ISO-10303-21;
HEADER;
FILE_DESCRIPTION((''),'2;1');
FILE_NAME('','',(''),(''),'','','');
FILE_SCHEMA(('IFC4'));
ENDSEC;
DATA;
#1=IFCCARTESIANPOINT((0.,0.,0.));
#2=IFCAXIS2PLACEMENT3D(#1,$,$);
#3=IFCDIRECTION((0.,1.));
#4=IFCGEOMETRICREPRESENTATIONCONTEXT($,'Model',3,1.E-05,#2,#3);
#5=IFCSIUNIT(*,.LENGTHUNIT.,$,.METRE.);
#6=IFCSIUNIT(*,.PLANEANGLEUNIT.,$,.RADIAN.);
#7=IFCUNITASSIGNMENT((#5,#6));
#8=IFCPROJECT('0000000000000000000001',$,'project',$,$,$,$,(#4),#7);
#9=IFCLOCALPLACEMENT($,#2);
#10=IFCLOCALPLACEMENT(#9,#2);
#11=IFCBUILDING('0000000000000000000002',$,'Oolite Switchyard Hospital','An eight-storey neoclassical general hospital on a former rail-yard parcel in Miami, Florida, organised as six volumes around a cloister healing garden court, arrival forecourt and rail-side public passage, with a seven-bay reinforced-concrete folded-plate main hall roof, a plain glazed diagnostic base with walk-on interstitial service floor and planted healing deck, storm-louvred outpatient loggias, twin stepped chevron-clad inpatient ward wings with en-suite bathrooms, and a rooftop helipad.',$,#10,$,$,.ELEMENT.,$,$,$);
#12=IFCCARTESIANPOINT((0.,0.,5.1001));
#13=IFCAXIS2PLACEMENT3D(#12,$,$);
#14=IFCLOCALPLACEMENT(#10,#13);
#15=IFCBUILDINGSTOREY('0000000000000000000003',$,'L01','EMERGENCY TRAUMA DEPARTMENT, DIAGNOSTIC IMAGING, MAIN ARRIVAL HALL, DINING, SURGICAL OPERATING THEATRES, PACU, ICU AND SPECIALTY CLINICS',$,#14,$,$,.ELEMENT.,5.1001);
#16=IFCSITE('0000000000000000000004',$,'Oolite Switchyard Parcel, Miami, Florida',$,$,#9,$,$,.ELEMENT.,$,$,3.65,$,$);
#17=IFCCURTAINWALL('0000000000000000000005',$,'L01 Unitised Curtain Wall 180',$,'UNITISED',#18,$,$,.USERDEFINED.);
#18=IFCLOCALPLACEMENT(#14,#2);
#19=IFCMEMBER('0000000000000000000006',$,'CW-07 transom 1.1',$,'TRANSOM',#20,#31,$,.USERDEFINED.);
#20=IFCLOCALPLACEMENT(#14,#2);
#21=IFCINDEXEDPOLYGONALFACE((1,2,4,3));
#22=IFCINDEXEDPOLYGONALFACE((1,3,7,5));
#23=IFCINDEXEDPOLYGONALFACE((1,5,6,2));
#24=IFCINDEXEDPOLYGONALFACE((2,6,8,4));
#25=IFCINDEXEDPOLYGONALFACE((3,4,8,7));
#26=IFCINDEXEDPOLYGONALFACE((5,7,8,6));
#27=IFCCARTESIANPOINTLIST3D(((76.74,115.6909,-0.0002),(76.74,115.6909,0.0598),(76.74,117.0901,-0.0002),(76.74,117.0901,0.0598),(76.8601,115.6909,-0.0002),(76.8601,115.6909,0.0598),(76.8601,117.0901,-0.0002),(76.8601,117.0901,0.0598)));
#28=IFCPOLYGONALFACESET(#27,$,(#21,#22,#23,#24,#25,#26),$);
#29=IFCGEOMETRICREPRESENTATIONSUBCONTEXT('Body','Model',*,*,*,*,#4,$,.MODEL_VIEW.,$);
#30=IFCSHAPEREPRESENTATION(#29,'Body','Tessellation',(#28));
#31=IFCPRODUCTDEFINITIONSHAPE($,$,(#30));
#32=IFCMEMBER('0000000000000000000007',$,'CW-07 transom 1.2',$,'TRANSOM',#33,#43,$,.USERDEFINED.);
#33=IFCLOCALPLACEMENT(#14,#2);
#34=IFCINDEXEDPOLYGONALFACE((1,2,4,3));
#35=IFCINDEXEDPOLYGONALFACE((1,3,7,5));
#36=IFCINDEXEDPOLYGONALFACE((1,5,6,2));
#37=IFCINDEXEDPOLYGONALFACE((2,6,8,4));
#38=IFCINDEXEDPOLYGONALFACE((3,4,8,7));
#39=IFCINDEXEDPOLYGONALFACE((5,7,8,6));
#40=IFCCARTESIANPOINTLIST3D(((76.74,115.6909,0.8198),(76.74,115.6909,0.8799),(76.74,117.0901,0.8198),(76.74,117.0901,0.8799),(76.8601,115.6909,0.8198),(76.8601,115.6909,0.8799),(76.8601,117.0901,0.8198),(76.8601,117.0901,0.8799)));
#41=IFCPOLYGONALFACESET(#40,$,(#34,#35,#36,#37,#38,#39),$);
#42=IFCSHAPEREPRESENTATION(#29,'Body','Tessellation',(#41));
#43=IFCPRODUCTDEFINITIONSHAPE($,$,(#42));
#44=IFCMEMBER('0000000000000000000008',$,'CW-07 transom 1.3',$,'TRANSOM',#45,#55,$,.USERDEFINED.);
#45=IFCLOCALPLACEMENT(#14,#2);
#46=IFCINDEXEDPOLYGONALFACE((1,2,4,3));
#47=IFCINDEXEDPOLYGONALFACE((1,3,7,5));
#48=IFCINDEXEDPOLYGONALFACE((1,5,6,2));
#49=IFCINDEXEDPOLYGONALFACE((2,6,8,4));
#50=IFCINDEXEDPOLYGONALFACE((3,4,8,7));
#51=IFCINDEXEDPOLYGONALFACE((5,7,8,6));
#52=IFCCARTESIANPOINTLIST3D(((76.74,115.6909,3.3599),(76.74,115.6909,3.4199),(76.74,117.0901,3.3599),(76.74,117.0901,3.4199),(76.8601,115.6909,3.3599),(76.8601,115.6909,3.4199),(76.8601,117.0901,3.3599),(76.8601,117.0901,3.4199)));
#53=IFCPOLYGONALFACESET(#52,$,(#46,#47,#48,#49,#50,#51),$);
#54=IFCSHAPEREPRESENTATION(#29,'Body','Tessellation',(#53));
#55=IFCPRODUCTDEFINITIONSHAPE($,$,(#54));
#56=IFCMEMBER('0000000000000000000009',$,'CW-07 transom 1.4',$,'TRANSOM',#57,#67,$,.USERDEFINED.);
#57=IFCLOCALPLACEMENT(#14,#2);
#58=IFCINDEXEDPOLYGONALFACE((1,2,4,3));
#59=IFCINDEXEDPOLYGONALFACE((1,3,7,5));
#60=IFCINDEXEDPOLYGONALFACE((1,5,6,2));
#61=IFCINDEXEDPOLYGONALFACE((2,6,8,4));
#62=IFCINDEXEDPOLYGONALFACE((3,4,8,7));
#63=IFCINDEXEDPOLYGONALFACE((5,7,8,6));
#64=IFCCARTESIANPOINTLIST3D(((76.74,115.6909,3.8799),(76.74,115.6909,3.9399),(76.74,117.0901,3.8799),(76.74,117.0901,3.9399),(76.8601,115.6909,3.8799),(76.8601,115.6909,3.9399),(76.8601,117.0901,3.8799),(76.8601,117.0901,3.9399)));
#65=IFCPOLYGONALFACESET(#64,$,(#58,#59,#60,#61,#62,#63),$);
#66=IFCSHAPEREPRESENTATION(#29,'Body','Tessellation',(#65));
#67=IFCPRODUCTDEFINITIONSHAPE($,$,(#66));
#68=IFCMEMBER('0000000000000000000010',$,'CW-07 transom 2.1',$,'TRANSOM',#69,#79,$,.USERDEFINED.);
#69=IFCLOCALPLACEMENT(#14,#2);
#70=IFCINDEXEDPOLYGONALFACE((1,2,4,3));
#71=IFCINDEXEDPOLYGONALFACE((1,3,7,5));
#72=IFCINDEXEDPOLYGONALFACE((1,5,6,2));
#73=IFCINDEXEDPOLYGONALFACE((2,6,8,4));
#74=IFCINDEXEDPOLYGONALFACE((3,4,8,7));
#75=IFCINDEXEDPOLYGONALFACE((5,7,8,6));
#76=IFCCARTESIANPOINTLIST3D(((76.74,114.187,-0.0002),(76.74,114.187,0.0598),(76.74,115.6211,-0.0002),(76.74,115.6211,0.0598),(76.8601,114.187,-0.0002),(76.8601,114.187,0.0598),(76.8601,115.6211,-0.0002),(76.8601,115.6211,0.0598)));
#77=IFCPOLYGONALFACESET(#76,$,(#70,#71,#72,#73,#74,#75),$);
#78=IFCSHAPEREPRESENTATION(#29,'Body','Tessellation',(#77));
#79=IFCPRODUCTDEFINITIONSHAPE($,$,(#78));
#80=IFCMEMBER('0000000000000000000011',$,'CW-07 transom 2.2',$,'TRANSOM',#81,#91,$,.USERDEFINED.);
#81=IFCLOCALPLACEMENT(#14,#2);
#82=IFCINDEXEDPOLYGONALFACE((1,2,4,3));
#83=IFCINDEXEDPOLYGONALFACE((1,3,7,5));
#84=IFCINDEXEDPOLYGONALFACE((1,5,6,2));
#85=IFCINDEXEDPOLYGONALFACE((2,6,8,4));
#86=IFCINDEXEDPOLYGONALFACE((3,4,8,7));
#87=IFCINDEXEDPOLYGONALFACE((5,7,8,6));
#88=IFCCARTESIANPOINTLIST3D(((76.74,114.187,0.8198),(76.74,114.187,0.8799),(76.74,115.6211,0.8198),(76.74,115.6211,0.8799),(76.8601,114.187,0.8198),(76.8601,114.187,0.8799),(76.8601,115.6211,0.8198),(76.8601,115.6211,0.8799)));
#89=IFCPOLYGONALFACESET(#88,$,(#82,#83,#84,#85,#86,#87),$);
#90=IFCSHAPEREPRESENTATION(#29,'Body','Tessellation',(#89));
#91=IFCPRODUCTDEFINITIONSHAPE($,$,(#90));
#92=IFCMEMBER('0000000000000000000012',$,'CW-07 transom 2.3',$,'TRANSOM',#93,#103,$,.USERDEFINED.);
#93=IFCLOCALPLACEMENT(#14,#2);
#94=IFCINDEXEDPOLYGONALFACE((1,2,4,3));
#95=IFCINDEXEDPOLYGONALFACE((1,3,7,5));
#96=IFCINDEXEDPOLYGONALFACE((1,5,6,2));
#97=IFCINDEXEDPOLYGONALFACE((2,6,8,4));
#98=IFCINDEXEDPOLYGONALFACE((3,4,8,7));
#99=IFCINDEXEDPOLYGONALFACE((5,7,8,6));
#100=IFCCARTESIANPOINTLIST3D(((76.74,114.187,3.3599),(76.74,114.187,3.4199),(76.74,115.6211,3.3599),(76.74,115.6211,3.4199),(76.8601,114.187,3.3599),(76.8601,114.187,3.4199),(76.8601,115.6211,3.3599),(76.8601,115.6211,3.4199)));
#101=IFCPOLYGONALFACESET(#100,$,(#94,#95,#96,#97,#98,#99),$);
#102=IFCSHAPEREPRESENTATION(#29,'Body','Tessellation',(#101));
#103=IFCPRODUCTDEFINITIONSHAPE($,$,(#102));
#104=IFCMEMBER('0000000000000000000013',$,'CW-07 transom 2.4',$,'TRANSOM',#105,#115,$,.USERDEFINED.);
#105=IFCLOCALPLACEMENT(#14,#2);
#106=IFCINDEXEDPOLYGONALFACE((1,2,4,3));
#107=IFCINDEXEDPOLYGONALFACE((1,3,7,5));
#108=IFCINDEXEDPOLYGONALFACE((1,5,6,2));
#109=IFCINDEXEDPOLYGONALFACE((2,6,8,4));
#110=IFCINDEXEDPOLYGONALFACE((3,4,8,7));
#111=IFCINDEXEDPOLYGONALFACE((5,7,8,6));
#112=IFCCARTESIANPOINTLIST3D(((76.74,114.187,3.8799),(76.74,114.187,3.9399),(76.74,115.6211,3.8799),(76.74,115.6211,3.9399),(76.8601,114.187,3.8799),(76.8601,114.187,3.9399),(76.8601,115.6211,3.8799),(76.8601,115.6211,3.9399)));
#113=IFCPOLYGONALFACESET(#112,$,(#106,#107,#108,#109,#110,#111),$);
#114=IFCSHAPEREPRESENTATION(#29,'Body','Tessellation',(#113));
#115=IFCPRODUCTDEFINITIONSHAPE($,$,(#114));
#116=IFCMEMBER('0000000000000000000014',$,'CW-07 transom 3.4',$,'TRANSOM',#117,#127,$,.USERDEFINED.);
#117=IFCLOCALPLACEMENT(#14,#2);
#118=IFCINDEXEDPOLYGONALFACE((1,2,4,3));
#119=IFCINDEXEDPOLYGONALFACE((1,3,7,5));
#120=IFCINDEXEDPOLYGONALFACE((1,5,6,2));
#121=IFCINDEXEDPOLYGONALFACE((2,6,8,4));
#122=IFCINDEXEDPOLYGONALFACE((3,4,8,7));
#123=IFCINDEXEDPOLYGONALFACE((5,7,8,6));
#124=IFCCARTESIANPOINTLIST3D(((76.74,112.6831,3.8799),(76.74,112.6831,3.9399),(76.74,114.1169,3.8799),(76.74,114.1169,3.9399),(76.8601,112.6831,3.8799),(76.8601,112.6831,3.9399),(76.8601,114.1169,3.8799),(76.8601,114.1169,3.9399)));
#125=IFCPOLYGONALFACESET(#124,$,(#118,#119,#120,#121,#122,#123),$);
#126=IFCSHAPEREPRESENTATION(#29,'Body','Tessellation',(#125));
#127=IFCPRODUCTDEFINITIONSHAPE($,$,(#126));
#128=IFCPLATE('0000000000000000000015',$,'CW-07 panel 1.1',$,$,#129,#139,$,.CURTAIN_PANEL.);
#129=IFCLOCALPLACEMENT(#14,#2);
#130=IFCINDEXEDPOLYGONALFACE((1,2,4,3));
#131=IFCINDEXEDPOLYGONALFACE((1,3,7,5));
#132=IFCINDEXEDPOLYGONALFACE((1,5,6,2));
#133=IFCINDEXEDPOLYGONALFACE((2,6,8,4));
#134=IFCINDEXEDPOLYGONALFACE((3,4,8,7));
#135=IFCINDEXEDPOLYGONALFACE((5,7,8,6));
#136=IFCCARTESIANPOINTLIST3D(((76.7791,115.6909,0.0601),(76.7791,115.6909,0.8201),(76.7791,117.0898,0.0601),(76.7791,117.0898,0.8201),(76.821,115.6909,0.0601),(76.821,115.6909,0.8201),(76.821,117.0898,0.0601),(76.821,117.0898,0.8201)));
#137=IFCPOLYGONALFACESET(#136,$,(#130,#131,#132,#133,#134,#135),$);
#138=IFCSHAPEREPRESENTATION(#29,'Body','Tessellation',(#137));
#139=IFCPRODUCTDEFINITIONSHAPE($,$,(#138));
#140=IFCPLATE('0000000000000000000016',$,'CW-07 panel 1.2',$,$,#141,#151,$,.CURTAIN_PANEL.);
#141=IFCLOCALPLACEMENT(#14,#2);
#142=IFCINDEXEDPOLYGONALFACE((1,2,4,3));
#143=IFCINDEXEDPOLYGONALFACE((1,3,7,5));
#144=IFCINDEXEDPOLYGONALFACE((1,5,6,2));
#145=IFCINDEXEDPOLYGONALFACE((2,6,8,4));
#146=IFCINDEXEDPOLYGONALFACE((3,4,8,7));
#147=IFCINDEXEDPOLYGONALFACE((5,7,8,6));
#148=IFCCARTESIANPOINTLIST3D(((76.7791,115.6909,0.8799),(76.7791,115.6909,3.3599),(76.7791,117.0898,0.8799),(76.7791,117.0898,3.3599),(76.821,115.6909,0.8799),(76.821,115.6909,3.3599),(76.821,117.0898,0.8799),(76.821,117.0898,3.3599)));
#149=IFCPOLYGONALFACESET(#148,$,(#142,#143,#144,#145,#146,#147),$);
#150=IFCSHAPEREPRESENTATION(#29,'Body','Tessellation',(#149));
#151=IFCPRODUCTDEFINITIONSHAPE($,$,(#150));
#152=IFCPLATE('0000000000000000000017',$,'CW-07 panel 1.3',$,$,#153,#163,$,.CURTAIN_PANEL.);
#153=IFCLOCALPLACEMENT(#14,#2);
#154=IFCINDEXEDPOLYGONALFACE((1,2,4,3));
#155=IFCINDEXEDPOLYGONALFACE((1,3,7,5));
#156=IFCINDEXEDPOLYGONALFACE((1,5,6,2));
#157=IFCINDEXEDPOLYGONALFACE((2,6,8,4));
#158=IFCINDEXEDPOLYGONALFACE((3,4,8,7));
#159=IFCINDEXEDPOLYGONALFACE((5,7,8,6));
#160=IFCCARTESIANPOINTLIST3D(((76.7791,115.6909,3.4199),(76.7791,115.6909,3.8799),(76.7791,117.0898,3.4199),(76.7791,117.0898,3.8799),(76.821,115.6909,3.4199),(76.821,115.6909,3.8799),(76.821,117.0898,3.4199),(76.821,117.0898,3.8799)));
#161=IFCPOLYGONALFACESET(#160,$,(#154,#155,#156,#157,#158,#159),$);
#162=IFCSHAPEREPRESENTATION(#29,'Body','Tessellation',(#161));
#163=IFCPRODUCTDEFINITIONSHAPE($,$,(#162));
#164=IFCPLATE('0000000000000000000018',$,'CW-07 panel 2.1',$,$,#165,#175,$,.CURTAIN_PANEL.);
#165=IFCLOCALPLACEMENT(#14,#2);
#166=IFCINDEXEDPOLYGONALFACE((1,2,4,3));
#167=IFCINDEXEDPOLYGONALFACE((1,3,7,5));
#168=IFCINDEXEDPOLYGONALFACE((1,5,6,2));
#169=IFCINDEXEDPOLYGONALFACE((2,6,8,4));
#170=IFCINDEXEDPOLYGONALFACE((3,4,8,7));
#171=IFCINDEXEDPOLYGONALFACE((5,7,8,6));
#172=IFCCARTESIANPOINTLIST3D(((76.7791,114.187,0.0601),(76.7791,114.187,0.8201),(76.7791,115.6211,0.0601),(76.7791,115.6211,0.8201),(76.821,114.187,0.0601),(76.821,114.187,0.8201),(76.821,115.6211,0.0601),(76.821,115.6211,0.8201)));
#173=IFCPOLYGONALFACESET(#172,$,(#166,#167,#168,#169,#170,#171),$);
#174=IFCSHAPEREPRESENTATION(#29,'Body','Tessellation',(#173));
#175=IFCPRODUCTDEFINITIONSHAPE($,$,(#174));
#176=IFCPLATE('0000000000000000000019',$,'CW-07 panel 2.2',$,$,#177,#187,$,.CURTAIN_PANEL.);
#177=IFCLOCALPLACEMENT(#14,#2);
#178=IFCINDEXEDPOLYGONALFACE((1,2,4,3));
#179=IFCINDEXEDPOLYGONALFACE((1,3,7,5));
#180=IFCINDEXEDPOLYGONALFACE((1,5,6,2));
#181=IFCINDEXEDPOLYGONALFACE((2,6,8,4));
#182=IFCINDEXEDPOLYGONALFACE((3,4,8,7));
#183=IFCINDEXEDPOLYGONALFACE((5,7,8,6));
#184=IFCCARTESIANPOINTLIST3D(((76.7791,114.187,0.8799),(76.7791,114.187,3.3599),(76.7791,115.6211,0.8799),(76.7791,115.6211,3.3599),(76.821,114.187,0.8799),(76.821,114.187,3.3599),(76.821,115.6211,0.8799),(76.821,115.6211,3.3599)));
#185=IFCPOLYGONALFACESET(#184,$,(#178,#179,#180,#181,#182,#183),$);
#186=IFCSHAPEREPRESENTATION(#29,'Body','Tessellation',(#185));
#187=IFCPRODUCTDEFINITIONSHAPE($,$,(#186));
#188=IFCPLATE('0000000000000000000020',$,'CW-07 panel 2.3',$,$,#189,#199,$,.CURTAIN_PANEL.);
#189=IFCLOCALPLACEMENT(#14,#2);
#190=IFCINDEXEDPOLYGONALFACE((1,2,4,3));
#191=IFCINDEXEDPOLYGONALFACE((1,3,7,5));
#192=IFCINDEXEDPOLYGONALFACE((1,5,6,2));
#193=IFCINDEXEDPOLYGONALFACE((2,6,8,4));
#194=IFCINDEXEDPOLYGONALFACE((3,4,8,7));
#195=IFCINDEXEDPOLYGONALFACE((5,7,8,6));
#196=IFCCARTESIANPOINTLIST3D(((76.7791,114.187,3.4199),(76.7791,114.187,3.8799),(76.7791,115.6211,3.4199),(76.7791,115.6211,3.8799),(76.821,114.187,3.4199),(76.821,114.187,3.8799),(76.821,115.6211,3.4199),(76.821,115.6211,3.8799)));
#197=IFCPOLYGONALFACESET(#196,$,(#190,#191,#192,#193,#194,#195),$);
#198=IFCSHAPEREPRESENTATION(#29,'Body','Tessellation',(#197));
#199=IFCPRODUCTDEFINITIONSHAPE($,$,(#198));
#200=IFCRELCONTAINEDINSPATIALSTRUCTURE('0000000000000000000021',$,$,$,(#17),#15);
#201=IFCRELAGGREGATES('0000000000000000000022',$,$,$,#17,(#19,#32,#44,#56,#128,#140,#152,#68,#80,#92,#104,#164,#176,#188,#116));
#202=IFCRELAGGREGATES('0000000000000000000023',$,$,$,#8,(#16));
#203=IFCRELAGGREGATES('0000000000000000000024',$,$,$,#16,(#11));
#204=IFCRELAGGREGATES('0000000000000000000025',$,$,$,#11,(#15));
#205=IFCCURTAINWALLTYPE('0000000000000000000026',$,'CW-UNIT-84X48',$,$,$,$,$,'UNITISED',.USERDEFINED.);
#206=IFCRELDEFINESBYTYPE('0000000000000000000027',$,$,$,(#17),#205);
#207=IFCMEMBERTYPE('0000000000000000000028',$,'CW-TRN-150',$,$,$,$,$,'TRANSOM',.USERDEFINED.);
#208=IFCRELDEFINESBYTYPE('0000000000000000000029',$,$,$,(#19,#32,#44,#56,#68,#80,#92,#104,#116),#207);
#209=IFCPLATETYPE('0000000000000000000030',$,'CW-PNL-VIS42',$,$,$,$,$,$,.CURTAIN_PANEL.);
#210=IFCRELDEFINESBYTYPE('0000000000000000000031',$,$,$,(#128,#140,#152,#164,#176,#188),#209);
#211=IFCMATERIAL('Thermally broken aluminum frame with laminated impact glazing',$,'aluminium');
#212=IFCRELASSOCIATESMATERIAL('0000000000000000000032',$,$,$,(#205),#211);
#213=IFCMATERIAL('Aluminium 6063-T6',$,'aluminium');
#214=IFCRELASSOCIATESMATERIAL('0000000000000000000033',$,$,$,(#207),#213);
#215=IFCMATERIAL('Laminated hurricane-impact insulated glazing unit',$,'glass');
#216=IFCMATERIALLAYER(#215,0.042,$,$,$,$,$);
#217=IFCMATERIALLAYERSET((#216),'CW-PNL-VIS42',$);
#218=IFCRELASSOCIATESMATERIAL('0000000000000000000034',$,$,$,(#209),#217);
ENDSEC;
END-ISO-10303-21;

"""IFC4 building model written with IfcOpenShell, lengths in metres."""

from ifc_helpers import new_model, si_unit, direction, frame, origin, origin_2d, place, context, subcontext, project, spatial, rectangle, extrude, material, layer, layer_set, material_profile, profile_set, type_object, element, aggregate, save


model = new_model("IFC4")

# Units and contexts
model_context = context("Model", 3, precision=1e-05, world=origin(), true_north=direction((0.0, 1.0)))
body_context = subcontext(model_context, "Body", "Model", "MODEL_VIEW")
ifc_project = project(units=[si_unit("LENGTHUNIT", "METRE"), si_unit("PLANEANGLEUNIT", "RADIAN")], contexts=[model_context])

# Site, building, storey
site_placement = place(None, origin())
site = spatial("IfcSite", under=ifc_project, at=site_placement, Name="Oolite Switchyard Parcel, Miami, Florida", CompositionType="ELEMENT", RefElevation=3.65)
building_placement = place(site_placement, origin())
building = spatial("IfcBuilding", under=site, at=building_placement, Name="Oolite Switchyard Hospital", Description="An eight-storey neoclassical general hospital on a former rail-yard parcel in Miami, Florida, organised as six volumes around a cloister healing garden court, arrival forecourt and rail-side public passage, with a seven-bay reinforced-concrete folded-plate main hall roof, a plain glazed diagnostic base with walk-on interstitial service floor and planted healing deck, storm-louvred outpatient loggias, twin stepped chevron-clad inpatient ward wings with en-suite bathrooms, and a rooftop helipad.", CompositionType="ELEMENT")
storey_placement = place(building_placement, frame((0.0, 0.0, 5.1001)))
storey = spatial("IfcBuildingStorey", under=building, at=storey_placement, Name="L01", Description="EMERGENCY TRAUMA DEPARTMENT, DIAGNOSTIC IMAGING, MAIN ARRIVAL HALL, DINING, SURGICAL OPERATING THEATRES, PACU, ICU AND SPECIALTY CLINICS", CompositionType="ELEMENT", Elevation=5.1001)

# Curtain wall, members, plates
ifc_material_1 = material(Name="Thermally broken aluminum frame with laminated impact glazing", Category="aluminium")
curtain_wall_type = type_object("IfcCurtainWallType", Name="CW-UNIT-84X48", ElementType="UNITISED", PredefinedType="USERDEFINED", material=ifc_material_1)
curtain_wall_placement = place(storey_placement, origin())
curtain_wall = element("IfcCurtainWall", 1, at=curtain_wall_placement, inside=storey, type_object=curtain_wall_type, Name="L01 Unitised Curtain Wall 180", ObjectType="UNITISED", PredefinedType="USERDEFINED")
ifc_material_2 = material(Name="Aluminium 6063-T6", Category="aluminium")
ifc_material_profile_1 = material_profile(ifc_material_2, rectangle(XDim=0.1201, YDim=0.0601, at=origin_2d()), Name="CWT60X120")
ifc_profile_set_1 = profile_set([ifc_material_profile_1], Name="Aluminium 6063-T6")
member_type_1 = type_object("IfcMemberType", Name="CW-TRN-150", ElementType="TRANSOM", PredefinedType="USERDEFINED", material=ifc_profile_set_1)
member_1_placement = place(storey_placement, frame((76.8, 117.0901, 0.0298), z_axis=(0.0, -1.0, 0.0), x_axis=(1.0, 0.0, 0.0)))
member_1 = element("IfcMember", 2, at=member_1_placement, type_object=member_type_1, Name="CW-07 transom 1.1", ObjectType="TRANSOM", PredefinedType="USERDEFINED", context=body_context, shape_type="SweptSolid", body=[
    extrude(rectangle(XDim=0.1201, YDim=0.0601, at=origin_2d()), origin(), (0.0, 0.0, 1.0), 1.3992),
])
member_2_placement = place(storey_placement, frame((76.8, 117.0901, 0.8499), z_axis=(0.0, -1.0, 0.0), x_axis=(1.0, 0.0, 0.0)))
member_2 = element("IfcMember", 3, at=member_2_placement, type_object=member_type_1, Name="CW-07 transom 1.2", ObjectType="TRANSOM", PredefinedType="USERDEFINED", context=body_context, shape_type="SweptSolid", body=[
    extrude(rectangle(XDim=0.1201, YDim=0.0601, at=origin_2d()), origin(), (0.0, 0.0, 1.0), 1.3992),
])
member_3_placement = place(storey_placement, frame((76.8, 117.0901, 3.3899), z_axis=(0.0, -1.0, 0.0), x_axis=(1.0, 0.0, 0.0)))
member_3 = element("IfcMember", 4, at=member_3_placement, type_object=member_type_1, Name="CW-07 transom 1.3", ObjectType="TRANSOM", PredefinedType="USERDEFINED", context=body_context, shape_type="SweptSolid", body=[
    extrude(rectangle(XDim=0.1201, YDim=0.0601, at=origin_2d()), origin(), (0.0, 0.0, 1.0), 1.3992),
])
member_4_placement = place(storey_placement, frame((76.8, 117.0901, 3.9099), z_axis=(0.0, -1.0, 0.0), x_axis=(1.0, 0.0, 0.0)))
member_4 = element("IfcMember", 5, at=member_4_placement, type_object=member_type_1, Name="CW-07 transom 1.4", ObjectType="TRANSOM", PredefinedType="USERDEFINED", context=body_context, shape_type="SweptSolid", body=[
    extrude(rectangle(XDim=0.1201, YDim=0.0601, at=origin_2d()), origin(), (0.0, 0.0, 1.0), 1.3992),
])
member_5_placement = place(storey_placement, frame((76.8, 115.6211, 0.0298), z_axis=(0.0, -1.0, 0.0), x_axis=(1.0, 0.0, 0.0)))
member_5 = element("IfcMember", 6, at=member_5_placement, type_object=member_type_1, Name="CW-07 transom 2.1", ObjectType="TRANSOM", PredefinedType="USERDEFINED", context=body_context, shape_type="SweptSolid", body=[
    extrude(rectangle(XDim=0.1201, YDim=0.0601, at=origin_2d()), origin(), (0.0, 0.0, 1.0), 1.4341),
])
member_6_placement = place(storey_placement, frame((76.8, 115.6211, 0.8499), z_axis=(0.0, -1.0, 0.0), x_axis=(1.0, 0.0, 0.0)))
member_6 = element("IfcMember", 7, at=member_6_placement, type_object=member_type_1, Name="CW-07 transom 2.2", ObjectType="TRANSOM", PredefinedType="USERDEFINED", context=body_context, shape_type="SweptSolid", body=[
    extrude(rectangle(XDim=0.1201, YDim=0.0601, at=origin_2d()), origin(), (0.0, 0.0, 1.0), 1.4341),
])
member_7_placement = place(storey_placement, frame((76.8, 115.6211, 3.3899), z_axis=(0.0, -1.0, 0.0), x_axis=(1.0, 0.0, 0.0)))
member_7 = element("IfcMember", 8, at=member_7_placement, type_object=member_type_1, Name="CW-07 transom 2.3", ObjectType="TRANSOM", PredefinedType="USERDEFINED", context=body_context, shape_type="SweptSolid", body=[
    extrude(rectangle(XDim=0.1201, YDim=0.0601, at=origin_2d()), origin(), (0.0, 0.0, 1.0), 1.4341),
])
member_8_placement = place(storey_placement, frame((76.8, 115.6211, 3.9099), z_axis=(0.0, -1.0, 0.0), x_axis=(1.0, 0.0, 0.0)))
member_8 = element("IfcMember", 9, at=member_8_placement, type_object=member_type_1, Name="CW-07 transom 2.4", ObjectType="TRANSOM", PredefinedType="USERDEFINED", context=body_context, shape_type="SweptSolid", body=[
    extrude(rectangle(XDim=0.1201, YDim=0.0601, at=origin_2d()), origin(), (0.0, 0.0, 1.0), 1.4341),
])
member_9_placement = place(storey_placement, frame((76.8, 114.1169, 3.9099), z_axis=(0.0, -1.0, 0.0), x_axis=(1.0, 0.0, 0.0)))
member_9 = element("IfcMember", 10, at=member_9_placement, type_object=member_type_1, Name="CW-07 transom 3.4", ObjectType="TRANSOM", PredefinedType="USERDEFINED", context=body_context, shape_type="SweptSolid", body=[
    extrude(rectangle(XDim=0.1201, YDim=0.0601, at=origin_2d()), origin(), (0.0, 0.0, 1.0), 1.4338),
])
ifc_material_3 = material(Name="Laminated hurricane-impact insulated glazing unit", Category="glass")
ifc_layer = layer(ifc_material_3, 0.042)
ifc_layer_set = layer_set([ifc_layer], Name="CW-PNL-VIS42")
plate_type = type_object("IfcPlateType", Name="CW-PNL-VIS42", PredefinedType="CURTAIN_PANEL", material=ifc_layer_set)
plate_1_placement = place(storey_placement, frame((76.8, 116.3904, 0.0601), z_axis=(0.0, 0.0, 1.0), x_axis=(0.0, -1.0, 0.0)))
plate_1 = element("IfcPlate", 11, at=plate_1_placement, type_object=plate_type, Name="CW-07 panel 1.1", PredefinedType="CURTAIN_PANEL", context=body_context, shape_type="SweptSolid", body=[
    extrude(rectangle(XDim=1.3989, YDim=0.042, at=origin_2d()), origin(), (0.0, 0.0, 1.0), 0.76),
])
plate_2_placement = place(storey_placement, frame((76.8, 116.3904, 0.8799), z_axis=(0.0, 0.0, 1.0), x_axis=(0.0, -1.0, 0.0)))
plate_2 = element("IfcPlate", 12, at=plate_2_placement, type_object=plate_type, Name="CW-07 panel 1.2", PredefinedType="CURTAIN_PANEL", context=body_context, shape_type="SweptSolid", body=[
    extrude(rectangle(XDim=1.3989, YDim=0.042, at=origin_2d()), origin(), (0.0, 0.0, 1.0), 2.48),
])
plate_3_placement = place(storey_placement, frame((76.8, 116.3904, 3.4199), z_axis=(0.0, 0.0, 1.0), x_axis=(0.0, -1.0, 0.0)))
plate_3 = element("IfcPlate", 13, at=plate_3_placement, type_object=plate_type, Name="CW-07 panel 1.3", PredefinedType="CURTAIN_PANEL", context=body_context, shape_type="SweptSolid", body=[
    extrude(rectangle(XDim=1.3989, YDim=0.042, at=origin_2d()), origin(), (0.0, 0.0, 1.0), 0.46),
])
plate_4_placement = place(storey_placement, frame((76.8, 114.9041, 0.0601), z_axis=(0.0, 0.0, 1.0), x_axis=(0.0, -1.0, 0.0)))
plate_4 = element("IfcPlate", 14, at=plate_4_placement, type_object=plate_type, Name="CW-07 panel 2.1", PredefinedType="CURTAIN_PANEL", context=body_context, shape_type="SweptSolid", body=[
    extrude(rectangle(XDim=1.4341, YDim=0.042, at=origin_2d()), origin(), (0.0, 0.0, 1.0), 0.76),
])
plate_5_placement = place(storey_placement, frame((76.8, 114.9041, 0.8799), z_axis=(0.0, 0.0, 1.0), x_axis=(0.0, -1.0, 0.0)))
plate_5 = element("IfcPlate", 15, at=plate_5_placement, type_object=plate_type, Name="CW-07 panel 2.2", PredefinedType="CURTAIN_PANEL", context=body_context, shape_type="SweptSolid", body=[
    extrude(rectangle(XDim=1.4341, YDim=0.042, at=origin_2d()), origin(), (0.0, 0.0, 1.0), 2.48),
])
plate_6_placement = place(storey_placement, frame((76.8, 114.9041, 3.4199), z_axis=(0.0, 0.0, 1.0), x_axis=(0.0, -1.0, 0.0)))
plate_6 = element("IfcPlate", 16, at=plate_6_placement, type_object=plate_type, Name="CW-07 panel 2.3", PredefinedType="CURTAIN_PANEL", context=body_context, shape_type="SweptSolid", body=[
    extrude(rectangle(XDim=1.4341, YDim=0.042, at=origin_2d()), origin(), (0.0, 0.0, 1.0), 0.46),
])
aggregate(curtain_wall, [member_1, member_2, member_3, member_4, plate_1, plate_2, plate_3, member_5, member_6, member_7, member_8, plate_4, plate_5, plate_6, member_9])

save(model, "model.ifc")
